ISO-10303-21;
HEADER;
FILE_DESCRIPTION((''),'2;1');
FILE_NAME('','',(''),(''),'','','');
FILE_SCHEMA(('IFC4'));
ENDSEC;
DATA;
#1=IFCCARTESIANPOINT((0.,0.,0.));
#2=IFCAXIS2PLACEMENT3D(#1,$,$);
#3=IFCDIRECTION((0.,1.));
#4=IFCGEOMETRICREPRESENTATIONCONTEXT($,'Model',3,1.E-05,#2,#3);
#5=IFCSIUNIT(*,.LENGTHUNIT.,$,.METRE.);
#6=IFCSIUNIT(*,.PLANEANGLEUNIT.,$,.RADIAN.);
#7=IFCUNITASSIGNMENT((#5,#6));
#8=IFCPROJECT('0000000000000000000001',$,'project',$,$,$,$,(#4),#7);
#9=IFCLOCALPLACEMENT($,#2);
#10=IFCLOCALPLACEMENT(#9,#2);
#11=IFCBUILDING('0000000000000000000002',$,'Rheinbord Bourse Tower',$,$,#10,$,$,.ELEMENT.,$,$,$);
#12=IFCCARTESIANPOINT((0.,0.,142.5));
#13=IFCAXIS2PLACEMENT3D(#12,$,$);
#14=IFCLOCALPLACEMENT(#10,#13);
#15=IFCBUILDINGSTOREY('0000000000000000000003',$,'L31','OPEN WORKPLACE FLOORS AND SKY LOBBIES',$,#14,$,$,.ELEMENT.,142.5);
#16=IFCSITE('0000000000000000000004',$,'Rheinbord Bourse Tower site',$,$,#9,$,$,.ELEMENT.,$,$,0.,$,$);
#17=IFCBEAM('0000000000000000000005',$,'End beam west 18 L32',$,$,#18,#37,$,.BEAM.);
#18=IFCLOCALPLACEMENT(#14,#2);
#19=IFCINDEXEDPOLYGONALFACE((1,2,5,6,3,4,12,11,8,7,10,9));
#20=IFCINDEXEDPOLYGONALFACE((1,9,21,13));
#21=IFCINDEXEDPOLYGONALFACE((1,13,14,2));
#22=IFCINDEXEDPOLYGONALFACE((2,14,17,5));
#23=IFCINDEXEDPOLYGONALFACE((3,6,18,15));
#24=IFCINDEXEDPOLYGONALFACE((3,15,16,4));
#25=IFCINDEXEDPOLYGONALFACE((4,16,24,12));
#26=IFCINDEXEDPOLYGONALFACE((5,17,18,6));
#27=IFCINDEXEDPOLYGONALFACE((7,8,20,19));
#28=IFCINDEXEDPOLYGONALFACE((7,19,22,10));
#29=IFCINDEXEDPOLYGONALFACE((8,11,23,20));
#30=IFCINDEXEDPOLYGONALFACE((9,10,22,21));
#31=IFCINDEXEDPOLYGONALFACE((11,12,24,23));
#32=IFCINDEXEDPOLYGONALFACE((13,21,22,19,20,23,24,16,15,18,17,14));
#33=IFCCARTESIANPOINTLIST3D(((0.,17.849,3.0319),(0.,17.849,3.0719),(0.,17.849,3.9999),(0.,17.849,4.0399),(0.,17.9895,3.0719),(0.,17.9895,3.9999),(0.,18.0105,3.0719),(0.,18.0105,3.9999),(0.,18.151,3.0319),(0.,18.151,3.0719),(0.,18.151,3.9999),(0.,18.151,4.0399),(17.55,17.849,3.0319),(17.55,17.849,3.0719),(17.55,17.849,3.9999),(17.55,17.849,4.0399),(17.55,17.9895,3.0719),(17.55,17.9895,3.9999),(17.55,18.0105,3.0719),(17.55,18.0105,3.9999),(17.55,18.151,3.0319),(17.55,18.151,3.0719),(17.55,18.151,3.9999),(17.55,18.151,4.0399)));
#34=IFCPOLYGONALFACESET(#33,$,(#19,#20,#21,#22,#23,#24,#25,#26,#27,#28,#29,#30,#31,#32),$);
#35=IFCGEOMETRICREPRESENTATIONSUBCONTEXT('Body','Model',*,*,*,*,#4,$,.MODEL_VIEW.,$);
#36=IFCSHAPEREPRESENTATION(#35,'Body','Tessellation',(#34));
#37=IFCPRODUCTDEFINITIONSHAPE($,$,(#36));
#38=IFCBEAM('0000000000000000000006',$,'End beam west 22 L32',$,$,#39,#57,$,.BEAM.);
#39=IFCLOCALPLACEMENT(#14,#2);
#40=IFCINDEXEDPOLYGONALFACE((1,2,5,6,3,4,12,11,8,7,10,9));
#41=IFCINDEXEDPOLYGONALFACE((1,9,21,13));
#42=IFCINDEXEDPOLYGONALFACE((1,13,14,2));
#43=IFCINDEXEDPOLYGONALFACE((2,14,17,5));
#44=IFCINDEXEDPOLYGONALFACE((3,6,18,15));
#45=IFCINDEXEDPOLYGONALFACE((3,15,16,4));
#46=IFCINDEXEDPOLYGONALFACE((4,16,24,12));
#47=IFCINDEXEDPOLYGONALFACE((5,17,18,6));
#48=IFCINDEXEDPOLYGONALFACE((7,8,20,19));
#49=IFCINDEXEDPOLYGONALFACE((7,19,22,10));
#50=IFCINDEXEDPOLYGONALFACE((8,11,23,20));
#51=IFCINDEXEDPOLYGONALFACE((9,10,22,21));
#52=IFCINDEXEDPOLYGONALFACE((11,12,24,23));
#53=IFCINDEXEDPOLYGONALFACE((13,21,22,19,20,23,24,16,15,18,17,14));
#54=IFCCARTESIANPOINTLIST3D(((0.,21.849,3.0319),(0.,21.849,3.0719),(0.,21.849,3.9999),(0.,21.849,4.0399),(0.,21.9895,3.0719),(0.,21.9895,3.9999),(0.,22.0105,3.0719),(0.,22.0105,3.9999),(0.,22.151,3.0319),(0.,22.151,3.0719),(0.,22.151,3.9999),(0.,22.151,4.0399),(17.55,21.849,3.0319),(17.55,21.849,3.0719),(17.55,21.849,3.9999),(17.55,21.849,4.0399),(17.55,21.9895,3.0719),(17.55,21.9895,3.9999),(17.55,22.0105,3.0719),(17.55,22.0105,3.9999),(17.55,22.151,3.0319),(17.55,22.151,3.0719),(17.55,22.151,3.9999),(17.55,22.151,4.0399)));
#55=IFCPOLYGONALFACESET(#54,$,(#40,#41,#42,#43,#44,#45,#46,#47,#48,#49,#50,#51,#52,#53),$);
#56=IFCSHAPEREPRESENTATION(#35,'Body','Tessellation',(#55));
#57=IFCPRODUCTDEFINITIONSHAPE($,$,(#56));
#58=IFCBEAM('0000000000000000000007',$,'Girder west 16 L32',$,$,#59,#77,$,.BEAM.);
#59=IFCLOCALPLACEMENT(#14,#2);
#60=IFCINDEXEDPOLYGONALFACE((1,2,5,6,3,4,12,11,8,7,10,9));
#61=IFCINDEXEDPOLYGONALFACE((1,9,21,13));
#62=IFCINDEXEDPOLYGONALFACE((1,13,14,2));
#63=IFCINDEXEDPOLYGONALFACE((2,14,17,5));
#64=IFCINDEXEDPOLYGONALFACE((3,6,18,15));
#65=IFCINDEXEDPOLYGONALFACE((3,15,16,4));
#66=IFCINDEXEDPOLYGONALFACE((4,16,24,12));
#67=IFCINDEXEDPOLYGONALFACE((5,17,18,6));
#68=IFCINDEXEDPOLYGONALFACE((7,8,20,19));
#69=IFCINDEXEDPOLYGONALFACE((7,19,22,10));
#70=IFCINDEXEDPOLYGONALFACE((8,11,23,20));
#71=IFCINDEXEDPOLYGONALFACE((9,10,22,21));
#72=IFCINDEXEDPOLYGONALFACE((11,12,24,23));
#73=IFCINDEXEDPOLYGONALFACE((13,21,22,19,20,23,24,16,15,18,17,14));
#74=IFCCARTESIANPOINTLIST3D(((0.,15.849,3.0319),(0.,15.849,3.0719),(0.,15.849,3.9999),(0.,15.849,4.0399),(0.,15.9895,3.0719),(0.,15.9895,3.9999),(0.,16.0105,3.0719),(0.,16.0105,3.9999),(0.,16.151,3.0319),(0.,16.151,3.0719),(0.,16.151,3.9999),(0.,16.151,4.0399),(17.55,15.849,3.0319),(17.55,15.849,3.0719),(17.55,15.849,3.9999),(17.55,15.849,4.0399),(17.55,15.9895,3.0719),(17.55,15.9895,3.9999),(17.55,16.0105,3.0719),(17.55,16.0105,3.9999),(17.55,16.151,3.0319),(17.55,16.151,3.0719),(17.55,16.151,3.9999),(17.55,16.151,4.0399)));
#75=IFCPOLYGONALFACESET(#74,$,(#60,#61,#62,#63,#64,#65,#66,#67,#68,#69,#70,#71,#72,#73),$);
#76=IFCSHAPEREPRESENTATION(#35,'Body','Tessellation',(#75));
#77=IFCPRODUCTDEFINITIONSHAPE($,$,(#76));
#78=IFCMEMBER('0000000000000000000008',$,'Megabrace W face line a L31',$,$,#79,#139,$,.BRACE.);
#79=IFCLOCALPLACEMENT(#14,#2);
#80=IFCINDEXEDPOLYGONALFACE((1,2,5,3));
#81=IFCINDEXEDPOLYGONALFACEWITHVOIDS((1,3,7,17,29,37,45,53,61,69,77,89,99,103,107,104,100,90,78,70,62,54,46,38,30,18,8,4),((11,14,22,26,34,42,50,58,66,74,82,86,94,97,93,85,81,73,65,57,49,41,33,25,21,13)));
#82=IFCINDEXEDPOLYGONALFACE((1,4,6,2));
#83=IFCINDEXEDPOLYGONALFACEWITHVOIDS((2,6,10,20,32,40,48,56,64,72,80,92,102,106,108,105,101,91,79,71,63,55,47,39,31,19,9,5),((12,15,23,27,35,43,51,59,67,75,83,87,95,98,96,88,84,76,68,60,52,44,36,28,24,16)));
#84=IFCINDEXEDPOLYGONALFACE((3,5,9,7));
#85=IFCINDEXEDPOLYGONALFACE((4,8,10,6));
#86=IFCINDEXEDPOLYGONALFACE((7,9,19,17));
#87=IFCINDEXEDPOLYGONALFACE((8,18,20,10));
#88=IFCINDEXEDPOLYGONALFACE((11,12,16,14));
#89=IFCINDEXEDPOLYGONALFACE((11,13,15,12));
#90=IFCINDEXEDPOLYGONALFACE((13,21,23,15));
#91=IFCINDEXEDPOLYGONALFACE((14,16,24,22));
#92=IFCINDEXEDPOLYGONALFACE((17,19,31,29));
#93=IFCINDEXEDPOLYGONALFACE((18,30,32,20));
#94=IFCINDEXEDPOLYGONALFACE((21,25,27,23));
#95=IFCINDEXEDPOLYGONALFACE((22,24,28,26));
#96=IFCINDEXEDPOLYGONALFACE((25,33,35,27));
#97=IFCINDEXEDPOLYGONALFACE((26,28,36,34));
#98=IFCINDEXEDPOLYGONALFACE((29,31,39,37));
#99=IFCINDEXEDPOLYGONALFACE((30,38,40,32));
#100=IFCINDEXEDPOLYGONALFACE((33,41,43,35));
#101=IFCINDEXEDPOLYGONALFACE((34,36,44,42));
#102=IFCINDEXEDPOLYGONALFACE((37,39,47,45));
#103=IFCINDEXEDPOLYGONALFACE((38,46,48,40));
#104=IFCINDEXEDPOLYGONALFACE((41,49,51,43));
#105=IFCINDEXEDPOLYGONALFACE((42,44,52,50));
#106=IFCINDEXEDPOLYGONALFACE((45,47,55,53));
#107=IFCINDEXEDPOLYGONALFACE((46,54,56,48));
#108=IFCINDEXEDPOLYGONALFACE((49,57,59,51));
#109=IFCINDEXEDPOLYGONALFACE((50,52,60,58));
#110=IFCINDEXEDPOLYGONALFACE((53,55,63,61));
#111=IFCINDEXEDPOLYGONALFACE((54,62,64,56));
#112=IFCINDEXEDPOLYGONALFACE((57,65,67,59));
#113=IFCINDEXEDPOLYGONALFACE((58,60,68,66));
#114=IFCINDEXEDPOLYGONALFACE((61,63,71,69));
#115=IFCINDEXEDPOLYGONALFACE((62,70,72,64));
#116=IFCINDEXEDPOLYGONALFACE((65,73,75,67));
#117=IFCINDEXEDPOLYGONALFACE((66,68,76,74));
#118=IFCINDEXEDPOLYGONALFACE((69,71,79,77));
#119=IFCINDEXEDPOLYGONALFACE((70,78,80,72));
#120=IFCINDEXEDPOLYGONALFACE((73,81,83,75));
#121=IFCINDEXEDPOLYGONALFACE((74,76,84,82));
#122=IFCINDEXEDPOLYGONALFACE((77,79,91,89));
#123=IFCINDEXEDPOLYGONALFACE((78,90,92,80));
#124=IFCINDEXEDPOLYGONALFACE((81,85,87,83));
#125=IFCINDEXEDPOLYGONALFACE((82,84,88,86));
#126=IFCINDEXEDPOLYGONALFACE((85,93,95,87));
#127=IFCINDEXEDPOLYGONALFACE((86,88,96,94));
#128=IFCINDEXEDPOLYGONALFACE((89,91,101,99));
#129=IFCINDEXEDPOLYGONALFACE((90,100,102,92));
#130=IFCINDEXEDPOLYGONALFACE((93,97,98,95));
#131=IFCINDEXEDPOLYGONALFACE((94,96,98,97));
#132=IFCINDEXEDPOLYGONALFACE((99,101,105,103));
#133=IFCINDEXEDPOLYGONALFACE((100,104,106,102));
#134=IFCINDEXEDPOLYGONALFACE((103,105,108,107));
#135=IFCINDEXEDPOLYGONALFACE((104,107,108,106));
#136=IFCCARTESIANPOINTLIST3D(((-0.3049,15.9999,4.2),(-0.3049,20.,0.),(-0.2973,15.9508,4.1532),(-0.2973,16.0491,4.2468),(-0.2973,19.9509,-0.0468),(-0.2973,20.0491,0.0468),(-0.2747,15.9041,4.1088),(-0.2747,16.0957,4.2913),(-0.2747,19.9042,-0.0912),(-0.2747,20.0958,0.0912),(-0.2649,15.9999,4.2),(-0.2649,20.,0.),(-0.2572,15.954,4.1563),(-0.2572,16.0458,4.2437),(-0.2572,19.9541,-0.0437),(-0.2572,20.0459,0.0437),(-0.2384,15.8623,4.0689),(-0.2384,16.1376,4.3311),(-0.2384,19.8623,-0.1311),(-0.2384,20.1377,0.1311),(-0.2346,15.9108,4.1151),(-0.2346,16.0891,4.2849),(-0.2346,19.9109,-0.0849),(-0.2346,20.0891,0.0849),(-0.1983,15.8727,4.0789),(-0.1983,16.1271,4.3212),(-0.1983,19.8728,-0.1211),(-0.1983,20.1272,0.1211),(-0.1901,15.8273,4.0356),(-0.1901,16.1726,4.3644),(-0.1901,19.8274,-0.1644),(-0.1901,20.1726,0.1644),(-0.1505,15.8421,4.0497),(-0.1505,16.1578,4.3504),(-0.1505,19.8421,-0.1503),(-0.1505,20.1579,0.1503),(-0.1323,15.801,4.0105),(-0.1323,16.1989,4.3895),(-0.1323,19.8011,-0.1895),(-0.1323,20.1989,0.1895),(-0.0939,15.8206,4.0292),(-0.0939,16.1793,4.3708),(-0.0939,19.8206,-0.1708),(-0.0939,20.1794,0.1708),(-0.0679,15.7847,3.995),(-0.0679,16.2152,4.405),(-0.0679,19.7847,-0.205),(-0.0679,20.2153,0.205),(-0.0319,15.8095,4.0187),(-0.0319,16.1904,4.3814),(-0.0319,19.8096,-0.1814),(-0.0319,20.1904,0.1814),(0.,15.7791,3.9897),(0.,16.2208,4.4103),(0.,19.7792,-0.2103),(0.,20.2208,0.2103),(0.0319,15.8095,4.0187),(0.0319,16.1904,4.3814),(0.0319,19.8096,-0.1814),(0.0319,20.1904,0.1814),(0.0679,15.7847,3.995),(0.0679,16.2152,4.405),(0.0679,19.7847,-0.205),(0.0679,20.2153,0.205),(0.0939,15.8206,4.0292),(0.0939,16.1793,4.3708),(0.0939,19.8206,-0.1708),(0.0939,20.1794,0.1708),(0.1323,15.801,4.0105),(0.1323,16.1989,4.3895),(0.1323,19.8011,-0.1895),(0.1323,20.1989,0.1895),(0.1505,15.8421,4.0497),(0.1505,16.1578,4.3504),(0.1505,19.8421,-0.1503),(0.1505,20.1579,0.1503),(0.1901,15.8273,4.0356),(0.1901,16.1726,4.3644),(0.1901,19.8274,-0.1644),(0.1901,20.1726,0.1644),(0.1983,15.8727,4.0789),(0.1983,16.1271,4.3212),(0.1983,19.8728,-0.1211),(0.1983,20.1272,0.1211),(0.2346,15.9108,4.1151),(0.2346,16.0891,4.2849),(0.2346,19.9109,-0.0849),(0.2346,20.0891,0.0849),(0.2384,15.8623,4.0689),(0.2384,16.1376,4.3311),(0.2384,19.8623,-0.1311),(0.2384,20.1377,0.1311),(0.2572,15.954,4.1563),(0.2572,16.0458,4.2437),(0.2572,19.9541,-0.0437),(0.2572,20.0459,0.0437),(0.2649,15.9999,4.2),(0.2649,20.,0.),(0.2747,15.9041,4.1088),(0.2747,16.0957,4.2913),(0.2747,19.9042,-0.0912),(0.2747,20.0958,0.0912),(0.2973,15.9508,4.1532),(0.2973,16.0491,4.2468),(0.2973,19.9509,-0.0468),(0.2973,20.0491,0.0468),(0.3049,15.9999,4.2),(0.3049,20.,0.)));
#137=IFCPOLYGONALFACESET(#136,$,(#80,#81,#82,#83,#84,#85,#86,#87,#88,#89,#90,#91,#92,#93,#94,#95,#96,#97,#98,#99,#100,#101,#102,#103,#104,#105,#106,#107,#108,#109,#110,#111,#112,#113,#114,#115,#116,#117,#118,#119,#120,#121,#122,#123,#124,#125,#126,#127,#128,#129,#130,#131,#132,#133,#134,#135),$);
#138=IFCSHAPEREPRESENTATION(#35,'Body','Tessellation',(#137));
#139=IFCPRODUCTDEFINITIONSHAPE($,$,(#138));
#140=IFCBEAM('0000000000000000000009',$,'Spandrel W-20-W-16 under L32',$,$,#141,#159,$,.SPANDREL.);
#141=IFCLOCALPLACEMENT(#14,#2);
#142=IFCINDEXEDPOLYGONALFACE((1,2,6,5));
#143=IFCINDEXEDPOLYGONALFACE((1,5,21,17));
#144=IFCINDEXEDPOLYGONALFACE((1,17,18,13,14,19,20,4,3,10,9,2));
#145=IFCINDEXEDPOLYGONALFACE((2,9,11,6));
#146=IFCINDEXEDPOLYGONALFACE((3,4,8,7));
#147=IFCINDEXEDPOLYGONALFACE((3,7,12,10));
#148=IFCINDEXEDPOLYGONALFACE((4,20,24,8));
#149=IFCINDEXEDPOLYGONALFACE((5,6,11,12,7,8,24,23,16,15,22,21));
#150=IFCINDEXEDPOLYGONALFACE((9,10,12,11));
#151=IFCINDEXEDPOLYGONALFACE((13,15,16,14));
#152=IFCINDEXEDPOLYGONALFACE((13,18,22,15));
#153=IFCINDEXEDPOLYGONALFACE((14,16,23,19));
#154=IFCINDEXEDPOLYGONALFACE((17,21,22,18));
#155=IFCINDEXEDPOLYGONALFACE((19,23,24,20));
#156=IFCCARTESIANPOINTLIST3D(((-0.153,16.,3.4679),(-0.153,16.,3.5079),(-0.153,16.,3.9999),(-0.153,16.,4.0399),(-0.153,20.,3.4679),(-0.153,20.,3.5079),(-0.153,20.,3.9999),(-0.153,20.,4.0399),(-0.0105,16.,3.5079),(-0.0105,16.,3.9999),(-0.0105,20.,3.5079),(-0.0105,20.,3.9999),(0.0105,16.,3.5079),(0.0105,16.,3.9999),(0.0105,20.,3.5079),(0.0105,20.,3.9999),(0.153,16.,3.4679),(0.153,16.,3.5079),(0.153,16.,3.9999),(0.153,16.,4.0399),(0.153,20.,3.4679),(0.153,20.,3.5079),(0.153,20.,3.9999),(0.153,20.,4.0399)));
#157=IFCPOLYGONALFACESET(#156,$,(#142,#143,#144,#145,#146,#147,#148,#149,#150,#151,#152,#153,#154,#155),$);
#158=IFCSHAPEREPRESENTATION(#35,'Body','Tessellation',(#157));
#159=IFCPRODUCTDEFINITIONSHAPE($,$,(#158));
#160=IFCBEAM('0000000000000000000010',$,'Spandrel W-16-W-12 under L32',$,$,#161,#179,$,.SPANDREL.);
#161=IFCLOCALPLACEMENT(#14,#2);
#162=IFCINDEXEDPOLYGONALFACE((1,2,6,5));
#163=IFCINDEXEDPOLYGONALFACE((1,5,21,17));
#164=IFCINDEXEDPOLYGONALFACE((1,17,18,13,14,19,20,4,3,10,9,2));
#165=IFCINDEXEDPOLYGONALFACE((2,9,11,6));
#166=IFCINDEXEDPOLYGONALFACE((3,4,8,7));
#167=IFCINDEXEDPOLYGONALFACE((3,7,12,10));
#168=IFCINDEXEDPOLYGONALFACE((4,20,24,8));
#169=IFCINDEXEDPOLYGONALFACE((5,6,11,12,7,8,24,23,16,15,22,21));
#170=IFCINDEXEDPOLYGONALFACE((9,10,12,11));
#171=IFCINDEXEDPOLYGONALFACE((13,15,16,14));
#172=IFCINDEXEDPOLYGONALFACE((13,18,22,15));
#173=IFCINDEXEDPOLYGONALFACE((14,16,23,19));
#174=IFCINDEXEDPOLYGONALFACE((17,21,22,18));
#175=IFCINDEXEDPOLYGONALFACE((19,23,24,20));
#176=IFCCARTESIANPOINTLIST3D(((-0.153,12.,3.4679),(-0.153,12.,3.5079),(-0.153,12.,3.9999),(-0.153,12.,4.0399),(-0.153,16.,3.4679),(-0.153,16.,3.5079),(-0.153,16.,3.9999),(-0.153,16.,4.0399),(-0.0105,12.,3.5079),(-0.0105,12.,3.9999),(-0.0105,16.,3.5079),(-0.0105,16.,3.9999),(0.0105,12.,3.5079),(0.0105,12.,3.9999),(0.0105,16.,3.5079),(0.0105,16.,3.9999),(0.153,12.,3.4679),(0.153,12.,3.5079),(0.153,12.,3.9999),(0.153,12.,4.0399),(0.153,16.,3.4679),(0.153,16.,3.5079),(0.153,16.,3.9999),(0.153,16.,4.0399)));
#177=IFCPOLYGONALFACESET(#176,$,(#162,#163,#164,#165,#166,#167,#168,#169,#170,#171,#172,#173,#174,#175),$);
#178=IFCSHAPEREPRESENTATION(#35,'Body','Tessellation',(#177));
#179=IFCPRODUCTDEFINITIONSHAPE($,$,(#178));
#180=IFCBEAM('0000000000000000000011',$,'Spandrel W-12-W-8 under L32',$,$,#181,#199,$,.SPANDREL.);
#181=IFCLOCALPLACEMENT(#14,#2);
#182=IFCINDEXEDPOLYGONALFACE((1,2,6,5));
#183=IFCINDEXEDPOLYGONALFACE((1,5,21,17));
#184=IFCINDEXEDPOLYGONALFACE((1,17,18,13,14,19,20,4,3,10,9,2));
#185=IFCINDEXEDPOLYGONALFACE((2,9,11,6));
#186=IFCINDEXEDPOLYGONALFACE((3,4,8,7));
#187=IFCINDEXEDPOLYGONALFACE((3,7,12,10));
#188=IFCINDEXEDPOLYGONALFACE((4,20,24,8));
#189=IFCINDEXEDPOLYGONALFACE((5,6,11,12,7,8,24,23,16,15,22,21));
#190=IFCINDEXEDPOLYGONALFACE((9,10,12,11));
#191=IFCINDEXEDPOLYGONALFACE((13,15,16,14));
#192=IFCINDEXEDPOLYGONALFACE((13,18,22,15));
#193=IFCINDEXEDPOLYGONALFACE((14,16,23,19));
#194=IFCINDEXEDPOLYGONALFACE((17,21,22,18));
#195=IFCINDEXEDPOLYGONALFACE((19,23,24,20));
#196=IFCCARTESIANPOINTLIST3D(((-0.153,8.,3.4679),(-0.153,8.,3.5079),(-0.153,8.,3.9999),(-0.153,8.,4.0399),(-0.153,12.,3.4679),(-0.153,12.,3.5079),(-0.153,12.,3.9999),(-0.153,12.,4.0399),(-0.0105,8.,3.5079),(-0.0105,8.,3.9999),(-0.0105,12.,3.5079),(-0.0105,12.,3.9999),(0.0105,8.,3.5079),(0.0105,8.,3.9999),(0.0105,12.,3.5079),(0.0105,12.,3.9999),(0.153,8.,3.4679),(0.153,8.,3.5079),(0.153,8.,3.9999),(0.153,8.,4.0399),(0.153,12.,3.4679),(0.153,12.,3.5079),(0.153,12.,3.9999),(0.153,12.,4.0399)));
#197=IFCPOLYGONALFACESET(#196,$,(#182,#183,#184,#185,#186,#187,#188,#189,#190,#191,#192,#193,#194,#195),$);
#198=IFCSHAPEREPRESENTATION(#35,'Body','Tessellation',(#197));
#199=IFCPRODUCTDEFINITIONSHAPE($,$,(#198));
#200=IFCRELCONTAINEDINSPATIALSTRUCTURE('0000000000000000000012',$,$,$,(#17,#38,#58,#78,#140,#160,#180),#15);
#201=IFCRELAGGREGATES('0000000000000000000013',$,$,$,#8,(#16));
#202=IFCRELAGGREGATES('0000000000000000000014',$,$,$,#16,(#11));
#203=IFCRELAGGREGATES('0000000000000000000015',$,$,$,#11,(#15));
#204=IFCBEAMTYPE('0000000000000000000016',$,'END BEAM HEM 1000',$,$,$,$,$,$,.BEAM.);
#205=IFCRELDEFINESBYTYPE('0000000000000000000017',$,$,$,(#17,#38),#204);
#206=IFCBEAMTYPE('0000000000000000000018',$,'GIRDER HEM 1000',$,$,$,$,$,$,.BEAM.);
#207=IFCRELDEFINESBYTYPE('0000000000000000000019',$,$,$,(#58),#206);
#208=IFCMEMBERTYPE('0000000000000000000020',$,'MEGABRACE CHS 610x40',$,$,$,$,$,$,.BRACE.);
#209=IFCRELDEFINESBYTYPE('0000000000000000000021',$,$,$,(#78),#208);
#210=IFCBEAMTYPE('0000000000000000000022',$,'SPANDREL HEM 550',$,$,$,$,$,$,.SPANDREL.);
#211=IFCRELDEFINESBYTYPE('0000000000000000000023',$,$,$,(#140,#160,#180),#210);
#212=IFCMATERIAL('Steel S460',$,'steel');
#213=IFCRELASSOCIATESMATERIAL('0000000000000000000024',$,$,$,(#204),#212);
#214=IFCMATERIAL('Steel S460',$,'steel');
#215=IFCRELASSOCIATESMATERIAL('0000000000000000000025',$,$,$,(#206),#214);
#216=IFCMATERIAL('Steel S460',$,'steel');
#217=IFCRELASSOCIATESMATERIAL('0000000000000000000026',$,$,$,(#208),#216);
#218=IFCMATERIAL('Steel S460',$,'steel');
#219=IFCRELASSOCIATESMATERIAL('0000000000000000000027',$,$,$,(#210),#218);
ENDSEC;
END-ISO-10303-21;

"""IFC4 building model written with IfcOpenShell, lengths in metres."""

from ifc_helpers import new_model, si_unit, direction, frame, origin, origin_2d, place, context, subcontext, project, spatial, hollow_circle, i_section, extrude, material, material_profile, profile_set, type_object, element, save


model = new_model("IFC4")

# Units and contexts
model_context = context("Model", 3, precision=1e-05, world=origin(), true_north=direction((0.0, 1.0)))
body_context = subcontext(model_context, "Body", "Model", "MODEL_VIEW")
ifc_project = project(units=[si_unit("LENGTHUNIT", "METRE"), si_unit("PLANEANGLEUNIT", "RADIAN")], contexts=[model_context])

# Site, building, storey
site_placement = place(None, origin())
site = spatial("IfcSite", under=ifc_project, at=site_placement, Name="Rheinbord Bourse Tower site", CompositionType="ELEMENT", RefElevation=0.0)
building_placement = place(site_placement, origin())
building = spatial("IfcBuilding", under=site, at=building_placement, Name="Rheinbord Bourse Tower", CompositionType="ELEMENT")
storey_placement = place(building_placement, frame((0.0, 0.0, 142.5)))
storey = spatial("IfcBuildingStorey", under=building, at=storey_placement, Name="L31", Description="OPEN WORKPLACE FLOORS AND SKY LOBBIES", CompositionType="ELEMENT", Elevation=142.5)

# Beams
ifc_material_1 = material(Name="Steel S460", Category="steel")
ifc_material_profile_1 = material_profile(ifc_material_1, i_section(OverallWidth=0.302, OverallDepth=1.0081, WebThickness=0.021, FlangeThickness=0.04, at=origin_2d()), Name="HEM 1000")
ifc_profile_set_1 = profile_set([ifc_material_profile_1], Name="Steel S460")
beam_type_1 = type_object("IfcBeamType", Name="END BEAM HEM 1000", PredefinedType="BEAM", material=ifc_profile_set_1)
for number, where, z_axis, x_axis, name in (
    (1, (0.0, 18.0, 3.5359), (1.0, 0.0, 0.0), (0.0, 1.0, 0.0), "End beam west 18 L32"),
    (2, (0.0, 22.0, 3.5359), (1.0, 0.0, 0.0), (0.0, 1.0, 0.0), "End beam west 22 L32"),
):
    element("IfcBeam", number, at=place(storey_placement, frame(where, z_axis=z_axis, x_axis=x_axis)), inside=storey, type_object=beam_type_1, Name=name, PredefinedType="BEAM", context=body_context, shape_type="SweptSolid", body=[
        extrude(i_section(OverallWidth=0.302, OverallDepth=1.0081, WebThickness=0.021, FlangeThickness=0.04, at=origin_2d()), origin(), (0.0, 0.0, 1.0), 17.55),
    ])
ifc_material_2 = material(Name="Steel S460", Category="steel")
ifc_material_profile_2 = material_profile(ifc_material_2, i_section(OverallWidth=0.302, OverallDepth=1.0081, WebThickness=0.021, FlangeThickness=0.04, at=origin_2d()), Name="HEM 1000")
ifc_profile_set_2 = profile_set([ifc_material_profile_2], Name="Steel S460")
beam_type_2 = type_object("IfcBeamType", Name="GIRDER HEM 1000", PredefinedType="BEAM", material=ifc_profile_set_2)
beam_placement = place(storey_placement, frame((0.0, 16.0, 3.5359), z_axis=(1.0, 0.0, 0.0), x_axis=(0.0, 1.0, 0.0)))
element("IfcBeam", 3, at=beam_placement, inside=storey, type_object=beam_type_2, Name="Girder west 16 L32", PredefinedType="BEAM", context=body_context, shape_type="SweptSolid", body=[
    extrude(i_section(OverallWidth=0.302, OverallDepth=1.0081, WebThickness=0.021, FlangeThickness=0.04, at=origin_2d()), origin(), (0.0, 0.0, 1.0), 17.55),
])

# Member
ifc_material_3 = material(Name="Steel S460", Category="steel")
ifc_material_profile_3 = material_profile(ifc_material_3, hollow_circle(Radius=0.3049, WallThickness=0.04, at=origin_2d()), Name="CHS 610x40")
ifc_profile_set_3 = profile_set([ifc_material_profile_3], Name="Steel S460")
member_type_1 = type_object("IfcMemberType", Name="MEGABRACE CHS 610x40", PredefinedType="BRACE", material=ifc_profile_set_3)
member_1_placement = place(storey_placement, frame((0.0, 20.0, 0.0), z_axis=(0.0, -0.689659, 0.724134), x_axis=(1.0, 0.0, 0.0)))
element("IfcMember", 4, at=member_1_placement, inside=storey, type_object=member_type_1, Name="Megabrace W face line a L31", PredefinedType="BRACE", context=body_context, shape_type="SweptSolid", body=[
    extrude(hollow_circle(Radius=0.3049, WallThickness=0.04, at=origin_2d()), origin(), (0.0, 0.0, 1.0), 5.8),
])

# Beams
ifc_material_4 = material(Name="Steel S460", Category="steel")
ifc_material_profile_4 = material_profile(ifc_material_4, i_section(OverallWidth=0.3059, OverallDepth=0.572, WebThickness=0.021, FlangeThickness=0.04, at=origin_2d()), Name="HEM 550")
ifc_profile_set_4 = profile_set([ifc_material_profile_4], Name="Steel S460")
beam_type_3 = type_object("IfcBeamType", Name="SPANDREL HEM 550", PredefinedType="SPANDREL", material=ifc_profile_set_4)
for number, where, z_axis, x_axis, name in (
    (5, (0.0, 20.0, 3.7539), (0.0, -1.0, 0.0), (1.0, 0.0, 0.0), "Spandrel W-20-W-16 under L32"),
    (6, (0.0, 16.0, 3.7539), (0.0, -1.0, 0.0), (1.0, 0.0, 0.0), "Spandrel W-16-W-12 under L32"),
    (7, (0.0, 12.0, 3.7539), (0.0, -1.0, 0.0), (1.0, 0.0, 0.0), "Spandrel W-12-W-8 under L32"),
):
    element("IfcBeam", number, at=place(storey_placement, frame(where, z_axis=z_axis, x_axis=x_axis)), inside=storey, type_object=beam_type_3, Name=name, PredefinedType="SPANDREL", context=body_context, shape_type="SweptSolid", body=[
        extrude(i_section(OverallWidth=0.3059, OverallDepth=0.572, WebThickness=0.021, FlangeThickness=0.04, at=origin_2d()), origin(), (0.0, 0.0, 1.0), 4.0),
    ])

save(model, "model.ifc")
